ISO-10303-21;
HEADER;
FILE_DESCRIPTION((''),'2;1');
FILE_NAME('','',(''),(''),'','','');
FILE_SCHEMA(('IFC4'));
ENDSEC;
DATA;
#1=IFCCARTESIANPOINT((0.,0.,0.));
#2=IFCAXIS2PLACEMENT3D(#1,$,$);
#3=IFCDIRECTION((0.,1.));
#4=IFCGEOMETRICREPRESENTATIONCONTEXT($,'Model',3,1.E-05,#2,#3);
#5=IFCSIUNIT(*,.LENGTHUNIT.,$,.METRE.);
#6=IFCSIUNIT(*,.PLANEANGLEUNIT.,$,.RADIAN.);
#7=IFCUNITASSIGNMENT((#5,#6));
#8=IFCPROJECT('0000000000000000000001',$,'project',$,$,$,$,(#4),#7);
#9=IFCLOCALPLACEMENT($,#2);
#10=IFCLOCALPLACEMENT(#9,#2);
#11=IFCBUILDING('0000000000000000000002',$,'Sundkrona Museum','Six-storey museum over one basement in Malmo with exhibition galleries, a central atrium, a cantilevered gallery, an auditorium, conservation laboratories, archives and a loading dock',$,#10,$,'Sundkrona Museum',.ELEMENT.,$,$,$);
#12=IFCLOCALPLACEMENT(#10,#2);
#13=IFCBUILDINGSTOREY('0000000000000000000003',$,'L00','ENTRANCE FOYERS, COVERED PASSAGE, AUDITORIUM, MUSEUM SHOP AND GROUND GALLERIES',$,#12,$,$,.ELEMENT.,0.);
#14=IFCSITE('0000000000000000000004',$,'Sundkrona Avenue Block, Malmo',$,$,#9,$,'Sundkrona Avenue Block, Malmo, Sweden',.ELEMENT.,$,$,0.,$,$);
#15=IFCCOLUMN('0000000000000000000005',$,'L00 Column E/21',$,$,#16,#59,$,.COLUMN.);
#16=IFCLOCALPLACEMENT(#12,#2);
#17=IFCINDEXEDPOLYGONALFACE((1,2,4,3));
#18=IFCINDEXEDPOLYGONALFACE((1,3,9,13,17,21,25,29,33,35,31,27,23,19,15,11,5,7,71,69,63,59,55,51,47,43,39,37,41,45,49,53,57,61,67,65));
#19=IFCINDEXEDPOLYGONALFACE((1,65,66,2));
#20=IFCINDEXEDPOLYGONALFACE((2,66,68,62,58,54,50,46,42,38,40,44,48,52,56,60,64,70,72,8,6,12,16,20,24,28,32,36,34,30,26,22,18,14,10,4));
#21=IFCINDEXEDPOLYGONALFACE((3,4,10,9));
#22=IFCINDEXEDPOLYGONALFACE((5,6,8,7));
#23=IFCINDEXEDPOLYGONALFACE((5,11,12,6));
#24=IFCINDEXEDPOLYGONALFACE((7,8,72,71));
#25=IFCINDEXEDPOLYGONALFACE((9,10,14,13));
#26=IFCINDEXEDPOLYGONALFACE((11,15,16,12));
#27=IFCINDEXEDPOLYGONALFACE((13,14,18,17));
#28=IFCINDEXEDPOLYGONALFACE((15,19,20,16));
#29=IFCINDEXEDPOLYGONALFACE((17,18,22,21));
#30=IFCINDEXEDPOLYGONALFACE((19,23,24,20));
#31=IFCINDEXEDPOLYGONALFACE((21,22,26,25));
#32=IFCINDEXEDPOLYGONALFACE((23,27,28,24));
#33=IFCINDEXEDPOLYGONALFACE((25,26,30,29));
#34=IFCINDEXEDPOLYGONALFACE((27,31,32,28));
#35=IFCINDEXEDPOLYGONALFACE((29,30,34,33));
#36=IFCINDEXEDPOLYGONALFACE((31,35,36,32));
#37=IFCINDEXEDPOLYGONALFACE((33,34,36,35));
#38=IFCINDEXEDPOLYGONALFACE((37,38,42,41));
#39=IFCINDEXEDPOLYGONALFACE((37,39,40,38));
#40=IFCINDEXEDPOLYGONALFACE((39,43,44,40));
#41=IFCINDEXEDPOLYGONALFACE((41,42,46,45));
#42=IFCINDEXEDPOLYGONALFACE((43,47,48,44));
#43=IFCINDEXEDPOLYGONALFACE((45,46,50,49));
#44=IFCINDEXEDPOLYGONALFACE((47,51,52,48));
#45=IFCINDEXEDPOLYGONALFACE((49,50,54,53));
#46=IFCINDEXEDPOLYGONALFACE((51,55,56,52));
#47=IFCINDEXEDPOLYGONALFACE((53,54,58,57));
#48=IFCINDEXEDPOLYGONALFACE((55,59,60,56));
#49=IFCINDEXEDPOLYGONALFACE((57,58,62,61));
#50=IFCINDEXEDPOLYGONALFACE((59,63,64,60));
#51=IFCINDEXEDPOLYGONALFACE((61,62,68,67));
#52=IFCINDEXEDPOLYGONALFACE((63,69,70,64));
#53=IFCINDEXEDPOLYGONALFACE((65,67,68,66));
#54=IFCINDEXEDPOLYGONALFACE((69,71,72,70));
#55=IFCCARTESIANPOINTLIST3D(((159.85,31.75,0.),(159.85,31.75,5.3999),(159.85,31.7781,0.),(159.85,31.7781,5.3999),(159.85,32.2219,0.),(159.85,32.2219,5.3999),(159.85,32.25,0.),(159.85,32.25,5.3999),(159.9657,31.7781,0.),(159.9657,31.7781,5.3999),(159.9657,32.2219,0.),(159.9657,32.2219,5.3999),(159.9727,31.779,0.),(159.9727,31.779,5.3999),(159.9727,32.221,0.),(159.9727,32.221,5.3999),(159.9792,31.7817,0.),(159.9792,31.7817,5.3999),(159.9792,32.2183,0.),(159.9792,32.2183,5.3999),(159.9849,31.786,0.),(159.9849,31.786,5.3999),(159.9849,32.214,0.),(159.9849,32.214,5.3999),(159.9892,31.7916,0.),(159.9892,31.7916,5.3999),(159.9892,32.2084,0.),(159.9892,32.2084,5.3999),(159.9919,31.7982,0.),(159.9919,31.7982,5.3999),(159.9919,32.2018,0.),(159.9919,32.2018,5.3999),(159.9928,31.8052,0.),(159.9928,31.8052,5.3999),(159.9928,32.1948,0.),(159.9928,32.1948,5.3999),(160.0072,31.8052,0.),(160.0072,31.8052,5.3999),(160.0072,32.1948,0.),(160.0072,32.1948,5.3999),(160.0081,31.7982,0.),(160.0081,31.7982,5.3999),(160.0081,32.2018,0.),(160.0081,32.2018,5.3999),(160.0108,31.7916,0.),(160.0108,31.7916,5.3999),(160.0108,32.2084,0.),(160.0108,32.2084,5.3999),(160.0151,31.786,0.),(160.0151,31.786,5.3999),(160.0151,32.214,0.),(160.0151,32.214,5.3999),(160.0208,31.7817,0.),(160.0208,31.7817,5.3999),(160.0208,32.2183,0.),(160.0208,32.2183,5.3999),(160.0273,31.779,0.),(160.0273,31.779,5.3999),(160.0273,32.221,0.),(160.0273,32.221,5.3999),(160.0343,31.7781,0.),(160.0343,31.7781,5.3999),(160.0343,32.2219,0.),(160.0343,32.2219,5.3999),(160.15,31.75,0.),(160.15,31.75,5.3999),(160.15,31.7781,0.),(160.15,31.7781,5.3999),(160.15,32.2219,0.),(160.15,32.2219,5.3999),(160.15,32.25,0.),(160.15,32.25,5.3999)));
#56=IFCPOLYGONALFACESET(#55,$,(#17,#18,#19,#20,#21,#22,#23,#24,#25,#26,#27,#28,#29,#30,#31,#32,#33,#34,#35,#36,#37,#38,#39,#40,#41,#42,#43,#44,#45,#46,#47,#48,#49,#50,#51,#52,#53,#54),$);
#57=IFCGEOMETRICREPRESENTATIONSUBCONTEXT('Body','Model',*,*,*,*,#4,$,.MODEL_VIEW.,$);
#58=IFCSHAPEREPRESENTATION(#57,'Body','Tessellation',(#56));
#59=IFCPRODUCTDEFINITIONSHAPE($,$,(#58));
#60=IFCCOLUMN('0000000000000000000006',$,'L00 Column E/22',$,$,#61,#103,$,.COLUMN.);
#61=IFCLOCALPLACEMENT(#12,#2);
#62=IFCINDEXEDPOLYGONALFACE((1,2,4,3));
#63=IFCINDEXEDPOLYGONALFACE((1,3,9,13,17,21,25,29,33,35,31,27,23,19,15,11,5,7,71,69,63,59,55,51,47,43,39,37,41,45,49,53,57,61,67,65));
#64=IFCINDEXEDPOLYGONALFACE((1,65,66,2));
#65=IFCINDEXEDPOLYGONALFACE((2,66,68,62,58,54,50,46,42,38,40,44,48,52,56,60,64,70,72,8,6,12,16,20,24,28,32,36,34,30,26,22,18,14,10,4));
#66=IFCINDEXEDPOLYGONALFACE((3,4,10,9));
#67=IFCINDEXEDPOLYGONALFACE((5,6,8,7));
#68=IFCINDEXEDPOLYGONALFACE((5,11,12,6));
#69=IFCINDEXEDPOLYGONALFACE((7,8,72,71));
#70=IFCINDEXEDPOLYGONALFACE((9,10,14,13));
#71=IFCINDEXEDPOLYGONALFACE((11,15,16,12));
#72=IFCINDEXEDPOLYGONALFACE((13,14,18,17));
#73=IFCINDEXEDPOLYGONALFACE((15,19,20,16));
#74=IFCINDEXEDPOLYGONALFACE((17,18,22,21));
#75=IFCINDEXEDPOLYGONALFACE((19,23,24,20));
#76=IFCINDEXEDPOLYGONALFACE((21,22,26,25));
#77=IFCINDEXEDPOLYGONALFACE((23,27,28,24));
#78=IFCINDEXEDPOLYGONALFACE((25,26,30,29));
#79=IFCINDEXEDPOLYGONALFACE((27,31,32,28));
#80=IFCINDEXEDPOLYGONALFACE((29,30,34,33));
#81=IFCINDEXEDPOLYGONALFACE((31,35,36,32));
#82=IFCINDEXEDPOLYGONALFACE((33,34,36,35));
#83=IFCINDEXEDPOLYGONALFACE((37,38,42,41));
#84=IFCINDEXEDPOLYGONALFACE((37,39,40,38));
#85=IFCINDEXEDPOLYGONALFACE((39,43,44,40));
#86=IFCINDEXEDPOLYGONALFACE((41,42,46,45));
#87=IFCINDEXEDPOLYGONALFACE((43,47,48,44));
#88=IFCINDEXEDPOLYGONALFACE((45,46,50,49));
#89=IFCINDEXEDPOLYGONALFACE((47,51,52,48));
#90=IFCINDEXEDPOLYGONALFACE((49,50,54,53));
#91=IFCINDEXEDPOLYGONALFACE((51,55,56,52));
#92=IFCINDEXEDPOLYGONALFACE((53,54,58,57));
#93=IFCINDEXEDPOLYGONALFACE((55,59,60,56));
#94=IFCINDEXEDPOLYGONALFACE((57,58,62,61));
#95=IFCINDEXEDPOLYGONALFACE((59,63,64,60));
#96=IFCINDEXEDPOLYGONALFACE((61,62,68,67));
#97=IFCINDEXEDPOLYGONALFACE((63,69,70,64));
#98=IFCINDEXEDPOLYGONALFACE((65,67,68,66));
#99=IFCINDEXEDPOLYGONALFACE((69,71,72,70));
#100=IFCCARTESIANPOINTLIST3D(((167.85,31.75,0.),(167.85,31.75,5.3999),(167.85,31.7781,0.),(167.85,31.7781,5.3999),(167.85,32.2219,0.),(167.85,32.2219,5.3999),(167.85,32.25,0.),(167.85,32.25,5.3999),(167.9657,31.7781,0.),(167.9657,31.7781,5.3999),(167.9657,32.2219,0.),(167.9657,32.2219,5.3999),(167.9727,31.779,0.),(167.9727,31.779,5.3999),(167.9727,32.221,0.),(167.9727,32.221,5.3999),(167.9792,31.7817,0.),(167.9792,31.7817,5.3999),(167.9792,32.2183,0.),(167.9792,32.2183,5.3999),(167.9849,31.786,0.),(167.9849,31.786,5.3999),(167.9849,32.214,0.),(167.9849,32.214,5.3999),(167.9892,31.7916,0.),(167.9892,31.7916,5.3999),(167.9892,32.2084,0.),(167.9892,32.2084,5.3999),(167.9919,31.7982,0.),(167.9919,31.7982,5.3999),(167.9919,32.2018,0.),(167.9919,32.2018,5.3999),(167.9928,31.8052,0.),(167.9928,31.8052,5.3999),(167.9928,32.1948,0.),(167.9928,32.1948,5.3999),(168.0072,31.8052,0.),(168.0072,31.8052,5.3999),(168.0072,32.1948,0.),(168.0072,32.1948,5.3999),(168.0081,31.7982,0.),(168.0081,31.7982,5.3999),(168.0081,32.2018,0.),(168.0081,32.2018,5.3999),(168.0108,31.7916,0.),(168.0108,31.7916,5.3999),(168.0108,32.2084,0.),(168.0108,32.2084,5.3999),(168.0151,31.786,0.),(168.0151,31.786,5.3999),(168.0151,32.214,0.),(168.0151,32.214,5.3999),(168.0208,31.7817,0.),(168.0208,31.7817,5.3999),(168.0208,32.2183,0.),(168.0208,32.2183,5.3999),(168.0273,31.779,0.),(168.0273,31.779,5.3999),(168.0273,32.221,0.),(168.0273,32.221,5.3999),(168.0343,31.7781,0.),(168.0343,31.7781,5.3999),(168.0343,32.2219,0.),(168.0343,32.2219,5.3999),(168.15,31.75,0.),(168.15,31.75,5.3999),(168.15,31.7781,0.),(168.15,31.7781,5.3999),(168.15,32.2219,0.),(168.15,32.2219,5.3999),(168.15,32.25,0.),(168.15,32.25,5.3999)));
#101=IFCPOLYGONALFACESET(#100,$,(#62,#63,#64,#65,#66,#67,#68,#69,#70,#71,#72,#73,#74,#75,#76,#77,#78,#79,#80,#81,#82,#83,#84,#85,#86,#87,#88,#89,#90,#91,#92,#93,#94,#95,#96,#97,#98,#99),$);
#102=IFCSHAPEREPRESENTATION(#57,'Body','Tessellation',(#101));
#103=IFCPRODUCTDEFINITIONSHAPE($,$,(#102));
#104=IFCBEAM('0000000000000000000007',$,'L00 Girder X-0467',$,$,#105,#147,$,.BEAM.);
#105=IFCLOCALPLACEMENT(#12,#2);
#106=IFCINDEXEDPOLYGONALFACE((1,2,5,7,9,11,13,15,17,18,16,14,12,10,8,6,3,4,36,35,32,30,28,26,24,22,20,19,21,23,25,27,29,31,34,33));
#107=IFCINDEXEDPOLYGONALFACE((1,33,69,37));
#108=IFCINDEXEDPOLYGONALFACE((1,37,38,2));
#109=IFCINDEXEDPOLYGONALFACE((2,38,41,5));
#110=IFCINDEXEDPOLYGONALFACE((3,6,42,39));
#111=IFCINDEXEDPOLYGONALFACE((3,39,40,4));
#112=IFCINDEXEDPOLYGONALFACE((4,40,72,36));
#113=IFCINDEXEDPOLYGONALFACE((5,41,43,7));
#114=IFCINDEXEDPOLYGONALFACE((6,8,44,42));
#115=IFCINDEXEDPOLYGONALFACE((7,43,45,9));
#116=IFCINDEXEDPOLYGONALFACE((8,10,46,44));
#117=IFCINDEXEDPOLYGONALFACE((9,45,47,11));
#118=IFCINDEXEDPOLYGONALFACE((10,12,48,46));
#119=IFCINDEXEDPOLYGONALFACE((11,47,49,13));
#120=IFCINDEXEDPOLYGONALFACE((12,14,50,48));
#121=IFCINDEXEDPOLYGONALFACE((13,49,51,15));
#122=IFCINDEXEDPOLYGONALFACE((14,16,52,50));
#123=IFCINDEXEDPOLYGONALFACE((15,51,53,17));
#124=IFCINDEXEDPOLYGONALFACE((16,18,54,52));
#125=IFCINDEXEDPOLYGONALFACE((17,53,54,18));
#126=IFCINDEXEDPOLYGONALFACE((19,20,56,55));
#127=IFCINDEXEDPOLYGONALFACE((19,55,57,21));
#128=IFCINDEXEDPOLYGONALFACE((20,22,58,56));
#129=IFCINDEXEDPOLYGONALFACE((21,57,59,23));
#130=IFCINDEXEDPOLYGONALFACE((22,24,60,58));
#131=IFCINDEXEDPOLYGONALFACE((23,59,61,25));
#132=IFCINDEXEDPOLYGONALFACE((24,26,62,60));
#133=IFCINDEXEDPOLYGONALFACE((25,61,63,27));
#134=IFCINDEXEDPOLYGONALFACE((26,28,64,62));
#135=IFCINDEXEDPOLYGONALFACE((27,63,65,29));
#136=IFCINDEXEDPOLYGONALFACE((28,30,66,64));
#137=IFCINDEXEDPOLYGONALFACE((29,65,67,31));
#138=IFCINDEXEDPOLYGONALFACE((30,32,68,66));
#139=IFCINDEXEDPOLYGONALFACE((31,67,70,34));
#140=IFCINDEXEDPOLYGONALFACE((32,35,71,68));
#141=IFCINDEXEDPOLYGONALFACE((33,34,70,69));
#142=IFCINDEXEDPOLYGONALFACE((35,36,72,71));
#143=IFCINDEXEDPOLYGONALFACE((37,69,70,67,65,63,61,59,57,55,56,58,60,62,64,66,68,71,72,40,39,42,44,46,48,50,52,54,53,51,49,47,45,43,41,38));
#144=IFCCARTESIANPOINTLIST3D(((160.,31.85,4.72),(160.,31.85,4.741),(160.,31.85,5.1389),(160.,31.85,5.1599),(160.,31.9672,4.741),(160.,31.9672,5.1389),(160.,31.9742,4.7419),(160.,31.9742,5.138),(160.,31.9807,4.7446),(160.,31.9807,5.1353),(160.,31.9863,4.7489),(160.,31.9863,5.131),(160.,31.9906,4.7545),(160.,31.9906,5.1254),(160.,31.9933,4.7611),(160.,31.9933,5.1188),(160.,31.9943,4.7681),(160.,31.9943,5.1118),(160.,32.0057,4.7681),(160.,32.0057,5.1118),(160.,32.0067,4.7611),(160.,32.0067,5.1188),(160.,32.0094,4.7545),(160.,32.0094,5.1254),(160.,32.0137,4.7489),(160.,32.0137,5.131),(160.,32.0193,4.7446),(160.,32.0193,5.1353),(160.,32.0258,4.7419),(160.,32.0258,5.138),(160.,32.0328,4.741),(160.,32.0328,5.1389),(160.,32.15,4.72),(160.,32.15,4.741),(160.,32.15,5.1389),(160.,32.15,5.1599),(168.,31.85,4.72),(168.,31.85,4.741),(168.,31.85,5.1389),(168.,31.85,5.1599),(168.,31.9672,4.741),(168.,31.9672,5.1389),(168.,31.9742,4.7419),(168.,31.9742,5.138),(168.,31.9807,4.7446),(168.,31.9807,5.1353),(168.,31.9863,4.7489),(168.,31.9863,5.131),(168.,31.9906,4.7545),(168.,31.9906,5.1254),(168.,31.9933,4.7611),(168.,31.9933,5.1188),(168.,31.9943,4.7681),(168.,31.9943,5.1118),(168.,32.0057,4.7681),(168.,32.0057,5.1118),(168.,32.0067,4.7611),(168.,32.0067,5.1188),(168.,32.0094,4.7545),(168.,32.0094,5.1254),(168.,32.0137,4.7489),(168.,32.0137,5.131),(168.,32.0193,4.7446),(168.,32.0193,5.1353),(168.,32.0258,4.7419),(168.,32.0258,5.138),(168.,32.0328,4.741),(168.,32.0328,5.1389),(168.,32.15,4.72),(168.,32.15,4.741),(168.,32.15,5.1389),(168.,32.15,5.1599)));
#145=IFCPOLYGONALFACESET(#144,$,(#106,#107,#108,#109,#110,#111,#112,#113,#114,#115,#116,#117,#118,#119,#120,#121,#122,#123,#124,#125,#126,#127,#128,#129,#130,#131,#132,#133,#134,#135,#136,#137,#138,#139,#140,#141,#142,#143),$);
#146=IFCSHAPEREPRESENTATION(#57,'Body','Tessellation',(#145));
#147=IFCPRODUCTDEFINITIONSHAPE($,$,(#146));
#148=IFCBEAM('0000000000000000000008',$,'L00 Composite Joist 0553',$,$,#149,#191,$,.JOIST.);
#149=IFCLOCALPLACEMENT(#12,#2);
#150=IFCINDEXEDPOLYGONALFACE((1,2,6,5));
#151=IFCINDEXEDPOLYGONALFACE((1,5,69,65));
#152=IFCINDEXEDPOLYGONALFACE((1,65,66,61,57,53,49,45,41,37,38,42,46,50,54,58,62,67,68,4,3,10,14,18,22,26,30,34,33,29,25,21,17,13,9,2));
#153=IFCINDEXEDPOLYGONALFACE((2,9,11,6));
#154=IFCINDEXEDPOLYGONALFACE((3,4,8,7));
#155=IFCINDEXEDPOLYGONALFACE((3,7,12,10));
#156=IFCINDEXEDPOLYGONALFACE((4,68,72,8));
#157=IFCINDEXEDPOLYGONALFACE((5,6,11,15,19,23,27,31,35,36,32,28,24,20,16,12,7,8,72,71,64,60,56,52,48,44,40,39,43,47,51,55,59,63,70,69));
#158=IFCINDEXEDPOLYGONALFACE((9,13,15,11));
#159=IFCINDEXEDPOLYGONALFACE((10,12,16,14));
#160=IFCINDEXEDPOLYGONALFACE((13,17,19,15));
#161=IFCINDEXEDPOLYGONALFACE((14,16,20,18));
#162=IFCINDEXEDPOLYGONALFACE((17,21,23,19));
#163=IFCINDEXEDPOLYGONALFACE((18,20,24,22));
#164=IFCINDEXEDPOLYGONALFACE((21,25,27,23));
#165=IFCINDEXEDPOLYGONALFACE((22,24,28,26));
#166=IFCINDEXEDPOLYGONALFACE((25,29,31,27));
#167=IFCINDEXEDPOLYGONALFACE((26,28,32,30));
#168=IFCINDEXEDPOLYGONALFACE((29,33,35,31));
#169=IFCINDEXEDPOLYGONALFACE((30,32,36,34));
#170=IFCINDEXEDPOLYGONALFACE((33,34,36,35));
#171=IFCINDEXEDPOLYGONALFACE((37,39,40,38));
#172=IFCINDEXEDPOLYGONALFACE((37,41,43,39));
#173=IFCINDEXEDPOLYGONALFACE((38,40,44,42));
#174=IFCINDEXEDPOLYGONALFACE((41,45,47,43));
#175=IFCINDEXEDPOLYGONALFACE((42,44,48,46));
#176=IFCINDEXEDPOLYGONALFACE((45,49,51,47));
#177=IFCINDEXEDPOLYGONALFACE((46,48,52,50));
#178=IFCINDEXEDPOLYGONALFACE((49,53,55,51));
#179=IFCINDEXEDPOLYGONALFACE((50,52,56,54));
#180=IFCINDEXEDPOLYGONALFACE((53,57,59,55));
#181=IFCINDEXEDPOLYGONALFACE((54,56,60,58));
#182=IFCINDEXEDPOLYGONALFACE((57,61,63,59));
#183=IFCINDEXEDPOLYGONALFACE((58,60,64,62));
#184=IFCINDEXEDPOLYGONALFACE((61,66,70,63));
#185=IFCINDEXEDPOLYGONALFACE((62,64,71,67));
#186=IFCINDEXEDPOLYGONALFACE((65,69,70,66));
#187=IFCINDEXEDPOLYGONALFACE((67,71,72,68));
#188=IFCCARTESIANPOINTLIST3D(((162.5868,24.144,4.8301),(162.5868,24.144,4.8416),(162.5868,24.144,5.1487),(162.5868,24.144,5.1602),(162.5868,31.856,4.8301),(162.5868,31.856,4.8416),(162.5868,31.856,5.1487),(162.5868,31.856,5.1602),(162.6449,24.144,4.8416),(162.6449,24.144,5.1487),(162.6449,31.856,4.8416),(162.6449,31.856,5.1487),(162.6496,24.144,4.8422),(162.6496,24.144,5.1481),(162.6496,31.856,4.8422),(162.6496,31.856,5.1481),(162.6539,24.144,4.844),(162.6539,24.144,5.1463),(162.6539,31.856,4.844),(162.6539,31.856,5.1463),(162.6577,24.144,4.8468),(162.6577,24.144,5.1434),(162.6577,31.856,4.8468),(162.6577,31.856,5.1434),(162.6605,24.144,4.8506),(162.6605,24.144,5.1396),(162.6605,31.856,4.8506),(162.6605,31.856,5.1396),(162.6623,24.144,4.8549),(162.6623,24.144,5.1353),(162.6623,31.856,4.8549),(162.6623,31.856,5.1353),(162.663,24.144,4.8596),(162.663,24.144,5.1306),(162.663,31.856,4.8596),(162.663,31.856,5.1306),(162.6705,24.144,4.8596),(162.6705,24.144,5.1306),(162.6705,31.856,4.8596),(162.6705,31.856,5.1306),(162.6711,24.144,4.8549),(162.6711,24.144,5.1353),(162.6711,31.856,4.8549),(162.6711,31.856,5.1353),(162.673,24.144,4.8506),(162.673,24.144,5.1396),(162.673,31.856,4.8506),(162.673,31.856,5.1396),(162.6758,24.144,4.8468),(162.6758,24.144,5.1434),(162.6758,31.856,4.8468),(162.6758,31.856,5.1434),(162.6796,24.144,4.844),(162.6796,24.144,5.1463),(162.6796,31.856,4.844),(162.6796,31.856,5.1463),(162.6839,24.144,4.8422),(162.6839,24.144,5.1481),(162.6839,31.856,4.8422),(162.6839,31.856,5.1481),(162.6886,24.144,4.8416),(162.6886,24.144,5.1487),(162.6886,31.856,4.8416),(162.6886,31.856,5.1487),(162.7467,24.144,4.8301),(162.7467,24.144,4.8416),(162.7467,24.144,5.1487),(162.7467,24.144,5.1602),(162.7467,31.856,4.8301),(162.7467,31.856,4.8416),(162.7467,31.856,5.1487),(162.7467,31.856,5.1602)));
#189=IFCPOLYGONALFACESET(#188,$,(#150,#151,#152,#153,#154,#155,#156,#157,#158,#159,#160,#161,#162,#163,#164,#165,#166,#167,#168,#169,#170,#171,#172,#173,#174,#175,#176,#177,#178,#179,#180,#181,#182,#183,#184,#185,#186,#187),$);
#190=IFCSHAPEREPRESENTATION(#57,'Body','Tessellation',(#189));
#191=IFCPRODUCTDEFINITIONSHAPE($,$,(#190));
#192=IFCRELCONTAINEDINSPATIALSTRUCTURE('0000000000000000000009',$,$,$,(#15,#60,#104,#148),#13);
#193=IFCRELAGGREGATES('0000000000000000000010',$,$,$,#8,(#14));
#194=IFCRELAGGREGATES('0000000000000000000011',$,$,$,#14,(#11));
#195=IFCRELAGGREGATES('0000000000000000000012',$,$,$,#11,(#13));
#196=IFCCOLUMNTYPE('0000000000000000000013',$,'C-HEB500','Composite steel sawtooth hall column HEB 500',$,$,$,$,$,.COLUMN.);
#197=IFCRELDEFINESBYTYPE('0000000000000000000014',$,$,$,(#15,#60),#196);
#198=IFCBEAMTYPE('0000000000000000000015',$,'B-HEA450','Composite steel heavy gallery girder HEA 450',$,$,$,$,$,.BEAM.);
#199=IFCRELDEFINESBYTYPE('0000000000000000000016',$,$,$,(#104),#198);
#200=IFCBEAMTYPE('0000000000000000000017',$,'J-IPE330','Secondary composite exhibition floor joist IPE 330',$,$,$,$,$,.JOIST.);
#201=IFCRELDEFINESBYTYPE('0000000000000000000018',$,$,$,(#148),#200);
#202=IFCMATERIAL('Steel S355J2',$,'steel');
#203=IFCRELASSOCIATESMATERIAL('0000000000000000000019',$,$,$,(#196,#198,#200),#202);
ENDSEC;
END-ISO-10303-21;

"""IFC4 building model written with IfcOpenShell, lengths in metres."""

from ifc_helpers import new_model, si_unit, direction, frame, origin, origin_2d, place, context, subcontext, project, spatial, i_section, extrude, material, material_profile, profile_set, type_object, element, save


model = new_model("IFC4")

# Units and contexts
model_context = context("Model", 3, precision=1e-05, world=origin(), true_north=direction((0.0, 1.0)))
body_context = subcontext(model_context, "Body", "Model", "MODEL_VIEW")
ifc_project = project(units=[si_unit("LENGTHUNIT", "METRE"), si_unit("PLANEANGLEUNIT", "RADIAN")], contexts=[model_context])

# Site, building, storey
site_placement = place(None, origin())
site = spatial("IfcSite", under=ifc_project, at=site_placement, Name="Sundkrona Avenue Block, Malmo", LongName="Sundkrona Avenue Block, Malmo, Sweden", CompositionType="ELEMENT", RefElevation=0.0)
building_placement = place(site_placement, origin())
building = spatial("IfcBuilding", under=site, at=building_placement, Name="Sundkrona Museum", Description="Six-storey museum over one basement in Malmo with exhibition galleries, a central atrium, a cantilevered gallery, an auditorium, conservation laboratories, archives and a loading dock", LongName="Sundkrona Museum", CompositionType="ELEMENT")
storey_placement = place(building_placement, origin())
storey = spatial("IfcBuildingStorey", under=building, at=storey_placement, Name="L00", Description="ENTRANCE FOYERS, COVERED PASSAGE, AUDITORIUM, MUSEUM SHOP AND GROUND GALLERIES", CompositionType="ELEMENT", Elevation=0.0)

# Columns
ifc_material_1 = material(Name="Steel S355J2", Category="steel")
ifc_material_profile_1 = material_profile(ifc_material_1, i_section(OverallWidth=0.3, OverallDepth=0.5, WebThickness=0.0144, FlangeThickness=0.0281, FilletRadius=0.0271, at=origin_2d()), Name="HEB 500")
ifc_profile_set_1 = profile_set([ifc_material_profile_1], Name="Steel S355J2")
column_type = type_object("IfcColumnType", Name="C-HEB500", Description="Composite steel sawtooth hall column HEB 500", PredefinedType="COLUMN", material=ifc_profile_set_1)
for number, where, z_axis, x_axis, name in (
    (1, (160.0, 32.0, 0.0), (0.0, 0.0, 1.0), (1.0, 0.0, 0.0), "L00 Column E/21"),
    (2, (168.0, 32.0, 0.0), (0.0, 0.0, 1.0), (1.0, 0.0, 0.0), "L00 Column E/22"),
):
    element("IfcColumn", number, at=place(storey_placement, frame(where, z_axis=z_axis, x_axis=x_axis)), inside=storey, type_object=column_type, Name=name, PredefinedType="COLUMN", context=body_context, shape_type="SweptSolid", body=[
        extrude(i_section(OverallWidth=0.3, OverallDepth=0.5, WebThickness=0.0144, FlangeThickness=0.0281, FilletRadius=0.0271, at=origin_2d()), origin(), (0.0, 0.0, 1.0), 5.3999),
    ])

# Beams
ifc_material_profile_2 = material_profile(ifc_material_1, i_section(OverallWidth=0.3, OverallDepth=0.4399, WebThickness=0.0115, FlangeThickness=0.021, FilletRadius=0.0271, at=origin_2d()), Name="HEA 450")
ifc_profile_set_2 = profile_set([ifc_material_profile_2], Name="Steel S355J2")
beam_type_1 = type_object("IfcBeamType", Name="B-HEA450", Description="Composite steel heavy gallery girder HEA 450", PredefinedType="BEAM", material=ifc_profile_set_2)
beam_1_placement = place(storey_placement, frame((160.0, 32.0, 4.9399), z_axis=(1.0, 0.0, 0.0), x_axis=(0.0, 1.0, 0.0)))
element("IfcBeam", 3, at=beam_1_placement, inside=storey, type_object=beam_type_1, Name="L00 Girder X-0467", PredefinedType="BEAM", context=body_context, shape_type="SweptSolid", body=[
    extrude(i_section(OverallWidth=0.3, OverallDepth=0.4399, WebThickness=0.0115, FlangeThickness=0.021, FilletRadius=0.0271, at=origin_2d()), origin(), (0.0, 0.0, 1.0), 8.0),
])
ifc_material_profile_3 = material_profile(ifc_material_1, i_section(OverallWidth=0.1599, OverallDepth=0.3301, WebThickness=0.0076, FlangeThickness=0.0115, FilletRadius=0.0181, at=origin_2d()), Name="IPE 330")
ifc_profile_set_3 = profile_set([ifc_material_profile_3], Name="Steel S355J2")
beam_type_2 = type_object("IfcBeamType", Name="J-IPE330", Description="Secondary composite exhibition floor joist IPE 330", PredefinedType="JOIST", material=ifc_profile_set_3)
for number, where, z_axis, x_axis, name in (
    (4, (162.6667, 24.144, 4.9951), (0.0, 1.0, 0.0), (-1.0, 0.0, 0.0), "L00 Composite Joist 0553"),
):
    element("IfcBeam", number, at=place(storey_placement, frame(where, z_axis=z_axis, x_axis=x_axis)), inside=storey, type_object=beam_type_2, Name=name, PredefinedType="JOIST", context=body_context, shape_type="SweptSolid", body=[
        extrude(i_section(OverallWidth=0.1599, OverallDepth=0.3301, WebThickness=0.0076, FlangeThickness=0.0115, FilletRadius=0.0181, at=origin_2d()), origin(), (0.0, 0.0, 1.0), 7.7119),
    ])

save(model, "model.ifc")
